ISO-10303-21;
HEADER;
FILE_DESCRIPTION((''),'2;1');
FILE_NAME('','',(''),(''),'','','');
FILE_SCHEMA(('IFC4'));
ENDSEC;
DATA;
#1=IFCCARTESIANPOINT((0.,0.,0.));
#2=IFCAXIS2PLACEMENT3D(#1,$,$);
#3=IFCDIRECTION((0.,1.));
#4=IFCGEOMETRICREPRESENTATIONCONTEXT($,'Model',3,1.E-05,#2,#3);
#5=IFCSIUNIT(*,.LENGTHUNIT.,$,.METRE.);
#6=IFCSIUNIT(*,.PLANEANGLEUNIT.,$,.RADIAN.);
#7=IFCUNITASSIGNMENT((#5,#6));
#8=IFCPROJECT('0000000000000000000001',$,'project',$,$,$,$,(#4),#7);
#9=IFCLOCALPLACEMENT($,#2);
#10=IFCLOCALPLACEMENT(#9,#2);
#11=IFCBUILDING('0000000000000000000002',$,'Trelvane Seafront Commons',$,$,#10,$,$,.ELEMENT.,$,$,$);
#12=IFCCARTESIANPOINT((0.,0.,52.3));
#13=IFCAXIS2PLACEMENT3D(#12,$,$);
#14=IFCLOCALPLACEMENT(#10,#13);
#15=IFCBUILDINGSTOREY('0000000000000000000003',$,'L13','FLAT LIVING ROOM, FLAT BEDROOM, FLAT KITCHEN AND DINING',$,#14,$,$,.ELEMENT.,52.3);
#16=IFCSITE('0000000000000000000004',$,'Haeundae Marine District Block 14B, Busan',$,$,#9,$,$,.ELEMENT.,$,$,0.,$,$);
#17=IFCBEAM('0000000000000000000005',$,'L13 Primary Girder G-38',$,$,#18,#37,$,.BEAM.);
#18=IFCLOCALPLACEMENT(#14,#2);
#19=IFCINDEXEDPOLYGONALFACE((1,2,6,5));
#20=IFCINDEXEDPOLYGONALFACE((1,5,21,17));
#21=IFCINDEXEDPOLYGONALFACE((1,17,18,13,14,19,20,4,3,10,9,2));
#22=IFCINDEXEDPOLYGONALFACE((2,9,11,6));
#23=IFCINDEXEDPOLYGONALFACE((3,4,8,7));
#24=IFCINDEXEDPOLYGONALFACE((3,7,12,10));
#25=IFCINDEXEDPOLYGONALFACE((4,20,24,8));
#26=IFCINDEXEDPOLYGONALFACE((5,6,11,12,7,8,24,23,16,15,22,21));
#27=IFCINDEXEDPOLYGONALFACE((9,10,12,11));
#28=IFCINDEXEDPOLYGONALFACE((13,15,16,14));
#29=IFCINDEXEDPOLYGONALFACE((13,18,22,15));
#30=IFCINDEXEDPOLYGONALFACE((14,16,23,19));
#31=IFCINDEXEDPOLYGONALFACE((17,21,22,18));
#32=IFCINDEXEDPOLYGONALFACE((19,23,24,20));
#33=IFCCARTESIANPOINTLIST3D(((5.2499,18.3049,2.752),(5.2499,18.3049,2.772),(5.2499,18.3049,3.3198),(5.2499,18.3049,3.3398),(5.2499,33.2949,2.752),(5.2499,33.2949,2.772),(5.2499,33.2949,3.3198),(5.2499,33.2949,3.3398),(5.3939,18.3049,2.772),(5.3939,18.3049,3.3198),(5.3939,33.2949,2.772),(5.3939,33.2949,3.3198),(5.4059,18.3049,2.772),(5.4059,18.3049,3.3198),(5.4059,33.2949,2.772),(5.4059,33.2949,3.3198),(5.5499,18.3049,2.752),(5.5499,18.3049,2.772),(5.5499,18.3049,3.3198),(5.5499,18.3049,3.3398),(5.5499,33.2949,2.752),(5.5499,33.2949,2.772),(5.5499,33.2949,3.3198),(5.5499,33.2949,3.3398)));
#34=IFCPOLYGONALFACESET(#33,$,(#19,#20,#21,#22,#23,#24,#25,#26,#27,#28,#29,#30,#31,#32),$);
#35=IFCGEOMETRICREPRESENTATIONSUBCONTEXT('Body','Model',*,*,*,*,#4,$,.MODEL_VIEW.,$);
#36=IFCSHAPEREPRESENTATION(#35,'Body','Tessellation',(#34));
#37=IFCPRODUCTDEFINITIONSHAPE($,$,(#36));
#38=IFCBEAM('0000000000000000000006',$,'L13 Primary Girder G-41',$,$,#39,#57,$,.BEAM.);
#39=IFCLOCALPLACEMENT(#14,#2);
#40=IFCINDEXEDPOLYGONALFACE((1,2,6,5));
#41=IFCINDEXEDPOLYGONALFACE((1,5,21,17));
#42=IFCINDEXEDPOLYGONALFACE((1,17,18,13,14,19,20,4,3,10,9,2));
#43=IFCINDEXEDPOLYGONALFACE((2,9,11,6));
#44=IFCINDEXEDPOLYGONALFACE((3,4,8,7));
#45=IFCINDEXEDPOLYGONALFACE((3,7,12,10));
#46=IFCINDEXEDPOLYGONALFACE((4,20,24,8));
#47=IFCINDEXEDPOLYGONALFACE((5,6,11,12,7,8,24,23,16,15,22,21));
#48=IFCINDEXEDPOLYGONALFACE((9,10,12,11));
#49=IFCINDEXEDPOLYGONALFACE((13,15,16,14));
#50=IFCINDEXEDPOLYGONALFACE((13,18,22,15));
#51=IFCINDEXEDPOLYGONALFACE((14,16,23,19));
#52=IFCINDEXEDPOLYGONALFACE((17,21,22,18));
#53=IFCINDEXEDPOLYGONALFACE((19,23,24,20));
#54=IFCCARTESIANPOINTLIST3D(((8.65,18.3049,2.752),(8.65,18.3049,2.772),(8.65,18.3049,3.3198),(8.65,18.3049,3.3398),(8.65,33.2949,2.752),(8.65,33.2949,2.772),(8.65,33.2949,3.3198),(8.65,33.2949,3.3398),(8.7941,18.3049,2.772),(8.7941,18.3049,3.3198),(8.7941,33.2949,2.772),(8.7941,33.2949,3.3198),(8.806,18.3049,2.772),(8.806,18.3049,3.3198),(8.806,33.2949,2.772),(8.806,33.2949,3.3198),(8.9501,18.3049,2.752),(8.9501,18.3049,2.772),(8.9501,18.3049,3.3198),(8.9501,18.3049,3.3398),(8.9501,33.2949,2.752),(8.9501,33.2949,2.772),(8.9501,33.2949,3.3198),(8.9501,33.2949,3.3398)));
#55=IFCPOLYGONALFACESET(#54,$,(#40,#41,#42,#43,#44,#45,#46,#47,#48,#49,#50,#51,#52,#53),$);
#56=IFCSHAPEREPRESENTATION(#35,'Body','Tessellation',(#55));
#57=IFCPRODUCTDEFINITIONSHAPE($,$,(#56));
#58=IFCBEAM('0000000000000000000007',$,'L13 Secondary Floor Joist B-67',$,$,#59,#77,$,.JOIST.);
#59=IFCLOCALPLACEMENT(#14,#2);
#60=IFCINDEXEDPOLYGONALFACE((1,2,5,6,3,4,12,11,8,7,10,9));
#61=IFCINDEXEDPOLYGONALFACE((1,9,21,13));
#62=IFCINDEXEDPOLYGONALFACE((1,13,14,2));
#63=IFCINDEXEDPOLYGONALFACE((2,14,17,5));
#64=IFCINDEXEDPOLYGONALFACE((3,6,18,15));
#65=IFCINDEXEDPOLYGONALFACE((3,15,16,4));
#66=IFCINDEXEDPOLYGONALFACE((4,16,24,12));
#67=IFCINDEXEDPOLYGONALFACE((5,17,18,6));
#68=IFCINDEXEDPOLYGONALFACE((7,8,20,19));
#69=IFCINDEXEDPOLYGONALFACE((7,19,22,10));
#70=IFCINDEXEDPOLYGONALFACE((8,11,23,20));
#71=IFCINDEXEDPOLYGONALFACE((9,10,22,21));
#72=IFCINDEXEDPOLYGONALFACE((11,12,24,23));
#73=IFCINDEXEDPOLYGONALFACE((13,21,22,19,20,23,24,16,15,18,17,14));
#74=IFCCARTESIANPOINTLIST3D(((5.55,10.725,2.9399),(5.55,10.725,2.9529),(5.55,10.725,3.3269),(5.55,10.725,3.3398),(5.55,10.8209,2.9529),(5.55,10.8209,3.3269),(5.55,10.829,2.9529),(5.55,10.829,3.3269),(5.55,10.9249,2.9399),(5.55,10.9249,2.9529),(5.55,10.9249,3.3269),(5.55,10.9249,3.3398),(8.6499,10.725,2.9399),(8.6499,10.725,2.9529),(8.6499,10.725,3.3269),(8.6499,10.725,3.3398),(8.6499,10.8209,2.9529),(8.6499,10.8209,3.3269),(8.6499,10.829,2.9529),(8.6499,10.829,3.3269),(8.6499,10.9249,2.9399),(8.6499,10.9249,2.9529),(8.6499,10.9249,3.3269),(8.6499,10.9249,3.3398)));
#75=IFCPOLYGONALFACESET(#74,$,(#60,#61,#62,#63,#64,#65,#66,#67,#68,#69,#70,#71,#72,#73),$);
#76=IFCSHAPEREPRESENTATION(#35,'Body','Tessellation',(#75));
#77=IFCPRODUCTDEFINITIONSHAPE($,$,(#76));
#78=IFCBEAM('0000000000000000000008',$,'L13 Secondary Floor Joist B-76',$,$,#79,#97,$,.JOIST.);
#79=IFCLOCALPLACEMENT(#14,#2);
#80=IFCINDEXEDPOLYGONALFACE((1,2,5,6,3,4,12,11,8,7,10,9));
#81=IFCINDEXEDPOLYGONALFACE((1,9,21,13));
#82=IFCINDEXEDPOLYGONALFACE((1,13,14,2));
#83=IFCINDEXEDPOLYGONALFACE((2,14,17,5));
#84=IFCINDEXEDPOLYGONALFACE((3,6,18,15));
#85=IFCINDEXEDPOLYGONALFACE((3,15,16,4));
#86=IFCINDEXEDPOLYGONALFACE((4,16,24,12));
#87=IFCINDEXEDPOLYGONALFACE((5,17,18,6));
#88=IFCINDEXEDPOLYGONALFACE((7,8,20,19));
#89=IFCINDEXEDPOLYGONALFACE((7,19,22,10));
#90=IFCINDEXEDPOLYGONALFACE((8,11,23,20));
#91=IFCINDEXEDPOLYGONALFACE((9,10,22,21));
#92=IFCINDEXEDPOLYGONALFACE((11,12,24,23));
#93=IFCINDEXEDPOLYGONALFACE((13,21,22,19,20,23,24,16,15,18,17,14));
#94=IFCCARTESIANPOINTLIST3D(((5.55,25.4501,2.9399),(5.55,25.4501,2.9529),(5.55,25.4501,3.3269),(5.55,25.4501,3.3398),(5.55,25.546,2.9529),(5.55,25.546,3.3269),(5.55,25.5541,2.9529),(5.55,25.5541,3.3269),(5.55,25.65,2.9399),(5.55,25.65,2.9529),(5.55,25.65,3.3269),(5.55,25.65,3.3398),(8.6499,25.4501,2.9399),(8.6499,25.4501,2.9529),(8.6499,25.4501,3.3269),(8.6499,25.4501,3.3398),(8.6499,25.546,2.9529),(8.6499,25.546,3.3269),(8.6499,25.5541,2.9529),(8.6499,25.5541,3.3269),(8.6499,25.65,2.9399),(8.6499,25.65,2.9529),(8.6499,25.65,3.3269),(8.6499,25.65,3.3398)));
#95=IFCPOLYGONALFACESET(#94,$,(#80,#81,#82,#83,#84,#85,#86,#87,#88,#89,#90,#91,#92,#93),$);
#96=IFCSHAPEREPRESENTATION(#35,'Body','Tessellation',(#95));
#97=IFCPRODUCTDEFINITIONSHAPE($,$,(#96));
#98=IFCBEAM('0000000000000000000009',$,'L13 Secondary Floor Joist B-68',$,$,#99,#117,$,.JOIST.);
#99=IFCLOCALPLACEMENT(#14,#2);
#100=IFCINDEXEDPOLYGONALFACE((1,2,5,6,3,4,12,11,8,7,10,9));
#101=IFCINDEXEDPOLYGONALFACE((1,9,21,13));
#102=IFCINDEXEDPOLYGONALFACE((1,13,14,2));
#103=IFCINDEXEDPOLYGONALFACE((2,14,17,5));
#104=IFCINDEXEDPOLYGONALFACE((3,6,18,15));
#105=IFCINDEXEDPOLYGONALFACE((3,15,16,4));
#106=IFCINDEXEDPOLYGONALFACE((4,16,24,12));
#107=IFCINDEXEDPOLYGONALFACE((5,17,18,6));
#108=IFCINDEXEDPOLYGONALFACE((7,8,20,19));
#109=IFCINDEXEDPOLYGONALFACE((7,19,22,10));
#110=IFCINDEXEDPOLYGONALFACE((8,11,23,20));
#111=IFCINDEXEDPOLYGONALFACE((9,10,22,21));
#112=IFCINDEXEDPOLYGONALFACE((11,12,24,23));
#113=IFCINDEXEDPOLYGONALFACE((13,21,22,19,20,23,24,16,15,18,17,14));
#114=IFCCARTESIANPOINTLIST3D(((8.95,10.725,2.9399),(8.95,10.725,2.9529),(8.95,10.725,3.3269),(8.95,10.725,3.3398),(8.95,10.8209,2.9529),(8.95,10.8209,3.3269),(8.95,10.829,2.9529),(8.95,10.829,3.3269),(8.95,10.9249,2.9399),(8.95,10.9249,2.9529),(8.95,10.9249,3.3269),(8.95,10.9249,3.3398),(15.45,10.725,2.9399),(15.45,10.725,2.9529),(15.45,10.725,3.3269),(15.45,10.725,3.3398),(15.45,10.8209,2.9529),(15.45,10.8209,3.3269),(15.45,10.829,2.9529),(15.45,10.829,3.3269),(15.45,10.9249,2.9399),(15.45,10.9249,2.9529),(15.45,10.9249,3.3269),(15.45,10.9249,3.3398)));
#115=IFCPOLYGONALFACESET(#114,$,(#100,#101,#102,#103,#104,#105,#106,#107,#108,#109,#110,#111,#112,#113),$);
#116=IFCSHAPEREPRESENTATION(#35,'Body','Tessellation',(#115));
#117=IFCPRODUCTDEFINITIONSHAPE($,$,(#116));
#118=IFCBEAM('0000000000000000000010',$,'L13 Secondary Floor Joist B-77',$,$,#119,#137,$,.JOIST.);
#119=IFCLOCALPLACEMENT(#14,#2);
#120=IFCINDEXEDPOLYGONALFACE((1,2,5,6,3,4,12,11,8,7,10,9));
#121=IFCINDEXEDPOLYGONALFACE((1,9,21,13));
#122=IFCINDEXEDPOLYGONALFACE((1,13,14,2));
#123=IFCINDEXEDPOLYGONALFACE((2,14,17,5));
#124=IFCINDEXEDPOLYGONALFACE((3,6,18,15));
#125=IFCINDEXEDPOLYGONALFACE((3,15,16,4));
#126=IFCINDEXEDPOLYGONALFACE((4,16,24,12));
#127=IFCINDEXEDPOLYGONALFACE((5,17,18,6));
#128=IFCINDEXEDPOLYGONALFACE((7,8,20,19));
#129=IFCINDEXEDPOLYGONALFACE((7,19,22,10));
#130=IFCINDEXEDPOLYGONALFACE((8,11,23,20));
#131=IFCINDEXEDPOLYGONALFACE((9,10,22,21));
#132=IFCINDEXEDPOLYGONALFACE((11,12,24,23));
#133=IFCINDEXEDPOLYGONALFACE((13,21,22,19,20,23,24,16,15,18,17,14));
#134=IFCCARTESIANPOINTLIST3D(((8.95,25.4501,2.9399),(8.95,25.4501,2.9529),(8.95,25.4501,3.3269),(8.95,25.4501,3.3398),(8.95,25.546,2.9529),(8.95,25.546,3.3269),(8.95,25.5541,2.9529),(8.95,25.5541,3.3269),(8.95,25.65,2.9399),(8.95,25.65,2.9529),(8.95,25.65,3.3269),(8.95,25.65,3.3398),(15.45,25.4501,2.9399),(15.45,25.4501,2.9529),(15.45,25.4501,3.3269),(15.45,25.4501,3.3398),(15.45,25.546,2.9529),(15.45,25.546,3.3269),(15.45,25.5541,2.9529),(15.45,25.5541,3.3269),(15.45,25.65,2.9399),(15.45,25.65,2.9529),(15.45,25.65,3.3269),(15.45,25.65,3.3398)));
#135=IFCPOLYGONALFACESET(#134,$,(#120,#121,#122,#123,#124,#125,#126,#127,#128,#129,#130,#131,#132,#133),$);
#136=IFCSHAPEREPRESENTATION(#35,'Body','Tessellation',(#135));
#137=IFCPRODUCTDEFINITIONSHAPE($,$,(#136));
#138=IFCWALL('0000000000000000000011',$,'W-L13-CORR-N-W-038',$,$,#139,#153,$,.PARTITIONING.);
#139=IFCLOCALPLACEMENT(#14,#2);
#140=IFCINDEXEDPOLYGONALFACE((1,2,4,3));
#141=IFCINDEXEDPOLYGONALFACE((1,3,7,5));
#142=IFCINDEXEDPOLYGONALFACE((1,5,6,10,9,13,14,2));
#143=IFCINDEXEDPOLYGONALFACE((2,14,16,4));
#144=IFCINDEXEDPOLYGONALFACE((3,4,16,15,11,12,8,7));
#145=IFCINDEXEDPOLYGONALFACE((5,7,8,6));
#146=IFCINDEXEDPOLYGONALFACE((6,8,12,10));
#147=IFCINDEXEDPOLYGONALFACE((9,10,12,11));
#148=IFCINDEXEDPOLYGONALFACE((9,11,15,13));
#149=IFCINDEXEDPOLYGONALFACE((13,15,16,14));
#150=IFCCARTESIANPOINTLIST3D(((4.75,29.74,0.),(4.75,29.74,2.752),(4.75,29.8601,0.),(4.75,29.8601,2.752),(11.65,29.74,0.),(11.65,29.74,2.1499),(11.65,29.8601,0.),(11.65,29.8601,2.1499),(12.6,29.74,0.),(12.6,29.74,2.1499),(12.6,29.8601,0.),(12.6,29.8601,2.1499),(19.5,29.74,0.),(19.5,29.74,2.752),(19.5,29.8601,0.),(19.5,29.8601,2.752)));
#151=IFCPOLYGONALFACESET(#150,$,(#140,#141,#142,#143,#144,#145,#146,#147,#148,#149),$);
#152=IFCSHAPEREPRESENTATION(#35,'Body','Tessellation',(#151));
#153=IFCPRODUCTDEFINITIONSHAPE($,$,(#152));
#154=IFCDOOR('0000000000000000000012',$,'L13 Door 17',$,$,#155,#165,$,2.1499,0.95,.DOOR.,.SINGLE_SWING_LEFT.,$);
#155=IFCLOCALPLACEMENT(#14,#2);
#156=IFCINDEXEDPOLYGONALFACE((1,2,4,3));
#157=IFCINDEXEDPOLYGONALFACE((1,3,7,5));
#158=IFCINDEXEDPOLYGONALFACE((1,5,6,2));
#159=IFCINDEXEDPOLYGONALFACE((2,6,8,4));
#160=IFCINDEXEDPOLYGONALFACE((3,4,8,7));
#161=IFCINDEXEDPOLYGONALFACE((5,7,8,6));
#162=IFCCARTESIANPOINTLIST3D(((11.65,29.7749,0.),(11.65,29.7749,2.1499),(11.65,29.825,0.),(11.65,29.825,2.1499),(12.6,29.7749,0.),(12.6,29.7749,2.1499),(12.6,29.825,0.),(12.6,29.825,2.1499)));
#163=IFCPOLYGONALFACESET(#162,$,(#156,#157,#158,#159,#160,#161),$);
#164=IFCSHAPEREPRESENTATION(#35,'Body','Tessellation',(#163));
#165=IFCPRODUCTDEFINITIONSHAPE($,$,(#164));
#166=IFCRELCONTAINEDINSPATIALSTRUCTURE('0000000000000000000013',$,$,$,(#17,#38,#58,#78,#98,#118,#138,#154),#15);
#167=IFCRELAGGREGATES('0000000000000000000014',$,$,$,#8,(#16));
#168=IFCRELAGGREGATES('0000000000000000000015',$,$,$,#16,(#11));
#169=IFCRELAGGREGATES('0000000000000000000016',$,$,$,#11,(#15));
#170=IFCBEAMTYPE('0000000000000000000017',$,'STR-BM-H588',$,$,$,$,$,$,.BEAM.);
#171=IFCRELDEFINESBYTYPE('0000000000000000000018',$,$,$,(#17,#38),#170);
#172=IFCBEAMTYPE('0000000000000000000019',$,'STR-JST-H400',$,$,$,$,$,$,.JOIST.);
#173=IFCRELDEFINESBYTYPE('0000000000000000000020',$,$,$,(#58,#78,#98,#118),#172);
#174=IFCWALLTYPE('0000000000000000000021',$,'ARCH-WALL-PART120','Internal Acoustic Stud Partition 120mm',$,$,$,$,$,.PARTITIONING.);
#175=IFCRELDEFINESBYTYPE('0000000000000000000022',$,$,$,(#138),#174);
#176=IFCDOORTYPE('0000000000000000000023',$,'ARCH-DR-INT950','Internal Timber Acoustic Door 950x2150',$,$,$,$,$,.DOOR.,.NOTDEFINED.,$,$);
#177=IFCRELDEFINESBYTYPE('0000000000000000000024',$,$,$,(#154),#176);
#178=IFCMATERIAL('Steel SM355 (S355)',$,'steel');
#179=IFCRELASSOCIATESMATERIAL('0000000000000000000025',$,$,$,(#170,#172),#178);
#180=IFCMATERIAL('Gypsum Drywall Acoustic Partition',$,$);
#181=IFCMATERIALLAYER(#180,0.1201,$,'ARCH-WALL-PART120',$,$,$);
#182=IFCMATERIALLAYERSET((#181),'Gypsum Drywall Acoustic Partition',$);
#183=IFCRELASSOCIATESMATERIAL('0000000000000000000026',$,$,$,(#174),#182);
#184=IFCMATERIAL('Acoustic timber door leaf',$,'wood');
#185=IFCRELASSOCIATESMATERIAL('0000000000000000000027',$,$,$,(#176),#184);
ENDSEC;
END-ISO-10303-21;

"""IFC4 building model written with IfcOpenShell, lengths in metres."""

from ifc_helpers import new_model, si_unit, direction, frame, frame_2d, origin, origin_2d, place, context, subcontext, project, spatial, rectangle, i_section, extrude, source, transform, mapped, material, layer, layer_set, material_profile, profile_set, type_object, element, fill, save


model = new_model("IFC4")

# Units and contexts
model_context = context("Model", 3, precision=1e-05, world=origin(), true_north=direction((0.0, 1.0)))
body_context = subcontext(model_context, "Body", "Model", "MODEL_VIEW")
ifc_project = project(units=[si_unit("LENGTHUNIT", "METRE"), si_unit("PLANEANGLEUNIT", "RADIAN")], contexts=[model_context])

# Site, building, storey
site_placement = place(None, origin())
site = spatial("IfcSite", under=ifc_project, at=site_placement, Name="Haeundae Marine District Block 14B, Busan", CompositionType="ELEMENT", RefElevation=0.0)
building_placement = place(site_placement, origin())
building = spatial("IfcBuilding", under=site, at=building_placement, Name="Trelvane Seafront Commons", CompositionType="ELEMENT")
storey_placement = place(building_placement, frame((0.0, 0.0, 52.3)))
storey = spatial("IfcBuildingStorey", under=building, at=storey_placement, Name="L13", Description="FLAT LIVING ROOM, FLAT BEDROOM, FLAT KITCHEN AND DINING", CompositionType="ELEMENT", Elevation=52.3)

# Shared definitions
ifc_material_1 = material(Name="Steel SM355 (S355)", Category="steel")

# Beams
ifc_material_profile_1 = material_profile(ifc_material_1, i_section(OverallWidth=0.3, OverallDepth=0.5879, WebThickness=0.012, FlangeThickness=0.02, at=origin_2d()), Name="H-588x300x12x20")
ifc_profile_set_1 = profile_set([ifc_material_profile_1], Name="Steel SM355 (S355)")
beam_type_1 = type_object("IfcBeamType", Name="STR-BM-H588", PredefinedType="BEAM", material=ifc_profile_set_1)
shared_shape_1 = source(origin(), body_context, "Body", "SweptSolid", [
    extrude(i_section(OverallWidth=0.3, OverallDepth=0.5879, WebThickness=0.012, FlangeThickness=0.02, at=origin_2d()), origin(), (0.0, 0.0, 1.0), 14.99),
])
for number, where, z_axis, x_axis, name in (
    (1, (5.3999, 18.3049, 3.0459), (0.0, 1.0, 0.0), (-1.0, 0.0, 0.0), "L13 Primary Girder G-38"),
    (2, (8.8, 18.3049, 3.0459), (0.0, 1.0, 0.0), (-1.0, 0.0, 0.0), "L13 Primary Girder G-41"),
):
    element("IfcBeam", number, at=place(storey_placement, frame(where, z_axis=z_axis, x_axis=x_axis)), inside=storey, type_object=beam_type_1, Name=name, PredefinedType="BEAM", context=body_context, shape_type="MappedRepresentation", body=[
        mapped(shared_shape_1, transform((0.0, 0.0, 0.0), x_axis=(1.0, 0.0, 0.0), y_axis=(0.0, 1.0, 0.0), z_axis=(0.0, 0.0, 1.0), scale=1.0)),
    ])
ifc_material_profile_2 = material_profile(ifc_material_1, i_section(OverallWidth=0.2, OverallDepth=0.3999, WebThickness=0.0081, FlangeThickness=0.0129, at=origin_2d()), Name="H-400x200x8x13")
ifc_profile_set_2 = profile_set([ifc_material_profile_2], Name="Steel SM355 (S355)")
beam_type_2 = type_object("IfcBeamType", Name="STR-JST-H400", PredefinedType="JOIST", material=ifc_profile_set_2)
shared_shape_2 = source(origin(), body_context, "Body", "SweptSolid", [
    extrude(i_section(OverallWidth=0.2, OverallDepth=0.3999, WebThickness=0.0081, FlangeThickness=0.0129, at=origin_2d()), origin(), (0.0, 0.0, 1.0), 3.0999),
])
for number, where, z_axis, x_axis, name in (
    (3, (5.55, 10.825, 3.1399), (1.0, 0.0, 0.0), (0.0, 1.0, 0.0), "L13 Secondary Floor Joist B-67"),
    (4, (5.55, 25.55, 3.1399), (1.0, 0.0, 0.0), (0.0, 1.0, 0.0), "L13 Secondary Floor Joist B-76"),
):
    element("IfcBeam", number, at=place(storey_placement, frame(where, z_axis=z_axis, x_axis=x_axis)), inside=storey, type_object=beam_type_2, Name=name, PredefinedType="JOIST", context=body_context, shape_type="MappedRepresentation", body=[
        mapped(shared_shape_2, transform((0.0, 0.0, 0.0), x_axis=(1.0, 0.0, 0.0), y_axis=(0.0, 1.0, 0.0), z_axis=(0.0, 0.0, 1.0), scale=1.0)),
    ])
shared_shape_3 = source(origin(), body_context, "Body", "SweptSolid", [
    extrude(i_section(OverallWidth=0.2, OverallDepth=0.3999, WebThickness=0.0081, FlangeThickness=0.0129, at=origin_2d()), origin(), (0.0, 0.0, 1.0), 6.5),
])
for number, where, z_axis, x_axis, name in (
    (5, (8.95, 10.825, 3.1399), (1.0, 0.0, 0.0), (0.0, 1.0, 0.0), "L13 Secondary Floor Joist B-68"),
    (6, (8.95, 25.55, 3.1399), (1.0, 0.0, 0.0), (0.0, 1.0, 0.0), "L13 Secondary Floor Joist B-77"),
):
    element("IfcBeam", number, at=place(storey_placement, frame(where, z_axis=z_axis, x_axis=x_axis)), inside=storey, type_object=beam_type_2, Name=name, PredefinedType="JOIST", context=body_context, shape_type="MappedRepresentation", body=[
        mapped(shared_shape_3, transform((0.0, 0.0, 0.0), x_axis=(1.0, 0.0, 0.0), y_axis=(0.0, 1.0, 0.0), z_axis=(0.0, 0.0, 1.0), scale=1.0)),
    ])

# Wall, opening, door
ifc_material_2 = material(Name="Gypsum Drywall Acoustic Partition")
ifc_layer_1 = layer(ifc_material_2, 0.1201, Name="ARCH-WALL-PART120")
ifc_layer_set_1 = layer_set([ifc_layer_1], Name="Gypsum Drywall Acoustic Partition")
wall_type_1 = type_object("IfcWallType", Name="ARCH-WALL-PART120", Description="Internal Acoustic Stud Partition 120mm", PredefinedType="PARTITIONING", material=ifc_layer_set_1)
wall_1_placement = place(storey_placement, frame((4.75, 29.8, 0.0), z_axis=(0.0, 0.0, 1.0), x_axis=(1.0, 0.0, 0.0)))
wall_1 = element("IfcWall", 7, at=wall_1_placement, inside=storey, type_object=wall_type_1, Name="W-L13-CORR-N-W-038", PredefinedType="PARTITIONING", context=body_context, shape_type="SweptSolid", body=[
    extrude(rectangle(XDim=14.75, YDim=0.1201, at=frame_2d((7.375, 0.0))), origin(), (0.0, 0.0, 1.0), 2.752),
])
opening_1_placement = place(wall_1_placement, frame((6.8999, 0.0, 0.0)))
opening_1 = element("IfcOpeningElement", 8, at=opening_1_placement, cuts=wall_1, PredefinedType="OPENING", context=body_context, shape_type="SweptSolid", body=[
    extrude(rectangle(XDim=0.95, YDim=2.1499, at=frame_2d((0.4751, 1.075))), frame((0.0, 0.0701, 0.0), z_axis=(0.0, -1.0, 0.0), x_axis=(1.0, 0.0, 0.0)), (0.0, 0.0, 1.0), 0.1401),
])
ifc_material_3 = material(Name="Acoustic timber door leaf", Category="wood")
door_type_1 = type_object("IfcDoorType", Name="ARCH-DR-INT950", Description="Internal Timber Acoustic Door 950x2150", OperationType="NOTDEFINED", PredefinedType="DOOR", material=ifc_material_3)
shared_shape_4 = source(origin(), body_context, "Body", "SweptSolid", [
    extrude(rectangle(XDim=0.95, YDim=2.1499, at=frame_2d((0.4751, 1.075))), frame((0.0, 0.0249, 0.0), z_axis=(0.0, -1.0, 0.0), x_axis=(1.0, 0.0, 0.0)), (0.0, 0.0, 1.0), 0.05),
])
door_1_placement = place(opening_1_placement, origin())
door_1 = element("IfcDoor", 9, at=door_1_placement, inside=storey, type_object=door_type_1, Name="L13 Door 17", OperationType="SINGLE_SWING_LEFT", OverallHeight=2.1499, OverallWidth=0.95, PredefinedType="DOOR", context=body_context, shape_type="MappedRepresentation", body=[
    mapped(shared_shape_4, transform((0.0, 0.0, 0.0), x_axis=(1.0, 0.0, 0.0), y_axis=(0.0, 1.0, 0.0), z_axis=(0.0, 0.0, 1.0), scale=1.0)),
])
fill(opening_1, door_1)

save(model, "model.ifc")
